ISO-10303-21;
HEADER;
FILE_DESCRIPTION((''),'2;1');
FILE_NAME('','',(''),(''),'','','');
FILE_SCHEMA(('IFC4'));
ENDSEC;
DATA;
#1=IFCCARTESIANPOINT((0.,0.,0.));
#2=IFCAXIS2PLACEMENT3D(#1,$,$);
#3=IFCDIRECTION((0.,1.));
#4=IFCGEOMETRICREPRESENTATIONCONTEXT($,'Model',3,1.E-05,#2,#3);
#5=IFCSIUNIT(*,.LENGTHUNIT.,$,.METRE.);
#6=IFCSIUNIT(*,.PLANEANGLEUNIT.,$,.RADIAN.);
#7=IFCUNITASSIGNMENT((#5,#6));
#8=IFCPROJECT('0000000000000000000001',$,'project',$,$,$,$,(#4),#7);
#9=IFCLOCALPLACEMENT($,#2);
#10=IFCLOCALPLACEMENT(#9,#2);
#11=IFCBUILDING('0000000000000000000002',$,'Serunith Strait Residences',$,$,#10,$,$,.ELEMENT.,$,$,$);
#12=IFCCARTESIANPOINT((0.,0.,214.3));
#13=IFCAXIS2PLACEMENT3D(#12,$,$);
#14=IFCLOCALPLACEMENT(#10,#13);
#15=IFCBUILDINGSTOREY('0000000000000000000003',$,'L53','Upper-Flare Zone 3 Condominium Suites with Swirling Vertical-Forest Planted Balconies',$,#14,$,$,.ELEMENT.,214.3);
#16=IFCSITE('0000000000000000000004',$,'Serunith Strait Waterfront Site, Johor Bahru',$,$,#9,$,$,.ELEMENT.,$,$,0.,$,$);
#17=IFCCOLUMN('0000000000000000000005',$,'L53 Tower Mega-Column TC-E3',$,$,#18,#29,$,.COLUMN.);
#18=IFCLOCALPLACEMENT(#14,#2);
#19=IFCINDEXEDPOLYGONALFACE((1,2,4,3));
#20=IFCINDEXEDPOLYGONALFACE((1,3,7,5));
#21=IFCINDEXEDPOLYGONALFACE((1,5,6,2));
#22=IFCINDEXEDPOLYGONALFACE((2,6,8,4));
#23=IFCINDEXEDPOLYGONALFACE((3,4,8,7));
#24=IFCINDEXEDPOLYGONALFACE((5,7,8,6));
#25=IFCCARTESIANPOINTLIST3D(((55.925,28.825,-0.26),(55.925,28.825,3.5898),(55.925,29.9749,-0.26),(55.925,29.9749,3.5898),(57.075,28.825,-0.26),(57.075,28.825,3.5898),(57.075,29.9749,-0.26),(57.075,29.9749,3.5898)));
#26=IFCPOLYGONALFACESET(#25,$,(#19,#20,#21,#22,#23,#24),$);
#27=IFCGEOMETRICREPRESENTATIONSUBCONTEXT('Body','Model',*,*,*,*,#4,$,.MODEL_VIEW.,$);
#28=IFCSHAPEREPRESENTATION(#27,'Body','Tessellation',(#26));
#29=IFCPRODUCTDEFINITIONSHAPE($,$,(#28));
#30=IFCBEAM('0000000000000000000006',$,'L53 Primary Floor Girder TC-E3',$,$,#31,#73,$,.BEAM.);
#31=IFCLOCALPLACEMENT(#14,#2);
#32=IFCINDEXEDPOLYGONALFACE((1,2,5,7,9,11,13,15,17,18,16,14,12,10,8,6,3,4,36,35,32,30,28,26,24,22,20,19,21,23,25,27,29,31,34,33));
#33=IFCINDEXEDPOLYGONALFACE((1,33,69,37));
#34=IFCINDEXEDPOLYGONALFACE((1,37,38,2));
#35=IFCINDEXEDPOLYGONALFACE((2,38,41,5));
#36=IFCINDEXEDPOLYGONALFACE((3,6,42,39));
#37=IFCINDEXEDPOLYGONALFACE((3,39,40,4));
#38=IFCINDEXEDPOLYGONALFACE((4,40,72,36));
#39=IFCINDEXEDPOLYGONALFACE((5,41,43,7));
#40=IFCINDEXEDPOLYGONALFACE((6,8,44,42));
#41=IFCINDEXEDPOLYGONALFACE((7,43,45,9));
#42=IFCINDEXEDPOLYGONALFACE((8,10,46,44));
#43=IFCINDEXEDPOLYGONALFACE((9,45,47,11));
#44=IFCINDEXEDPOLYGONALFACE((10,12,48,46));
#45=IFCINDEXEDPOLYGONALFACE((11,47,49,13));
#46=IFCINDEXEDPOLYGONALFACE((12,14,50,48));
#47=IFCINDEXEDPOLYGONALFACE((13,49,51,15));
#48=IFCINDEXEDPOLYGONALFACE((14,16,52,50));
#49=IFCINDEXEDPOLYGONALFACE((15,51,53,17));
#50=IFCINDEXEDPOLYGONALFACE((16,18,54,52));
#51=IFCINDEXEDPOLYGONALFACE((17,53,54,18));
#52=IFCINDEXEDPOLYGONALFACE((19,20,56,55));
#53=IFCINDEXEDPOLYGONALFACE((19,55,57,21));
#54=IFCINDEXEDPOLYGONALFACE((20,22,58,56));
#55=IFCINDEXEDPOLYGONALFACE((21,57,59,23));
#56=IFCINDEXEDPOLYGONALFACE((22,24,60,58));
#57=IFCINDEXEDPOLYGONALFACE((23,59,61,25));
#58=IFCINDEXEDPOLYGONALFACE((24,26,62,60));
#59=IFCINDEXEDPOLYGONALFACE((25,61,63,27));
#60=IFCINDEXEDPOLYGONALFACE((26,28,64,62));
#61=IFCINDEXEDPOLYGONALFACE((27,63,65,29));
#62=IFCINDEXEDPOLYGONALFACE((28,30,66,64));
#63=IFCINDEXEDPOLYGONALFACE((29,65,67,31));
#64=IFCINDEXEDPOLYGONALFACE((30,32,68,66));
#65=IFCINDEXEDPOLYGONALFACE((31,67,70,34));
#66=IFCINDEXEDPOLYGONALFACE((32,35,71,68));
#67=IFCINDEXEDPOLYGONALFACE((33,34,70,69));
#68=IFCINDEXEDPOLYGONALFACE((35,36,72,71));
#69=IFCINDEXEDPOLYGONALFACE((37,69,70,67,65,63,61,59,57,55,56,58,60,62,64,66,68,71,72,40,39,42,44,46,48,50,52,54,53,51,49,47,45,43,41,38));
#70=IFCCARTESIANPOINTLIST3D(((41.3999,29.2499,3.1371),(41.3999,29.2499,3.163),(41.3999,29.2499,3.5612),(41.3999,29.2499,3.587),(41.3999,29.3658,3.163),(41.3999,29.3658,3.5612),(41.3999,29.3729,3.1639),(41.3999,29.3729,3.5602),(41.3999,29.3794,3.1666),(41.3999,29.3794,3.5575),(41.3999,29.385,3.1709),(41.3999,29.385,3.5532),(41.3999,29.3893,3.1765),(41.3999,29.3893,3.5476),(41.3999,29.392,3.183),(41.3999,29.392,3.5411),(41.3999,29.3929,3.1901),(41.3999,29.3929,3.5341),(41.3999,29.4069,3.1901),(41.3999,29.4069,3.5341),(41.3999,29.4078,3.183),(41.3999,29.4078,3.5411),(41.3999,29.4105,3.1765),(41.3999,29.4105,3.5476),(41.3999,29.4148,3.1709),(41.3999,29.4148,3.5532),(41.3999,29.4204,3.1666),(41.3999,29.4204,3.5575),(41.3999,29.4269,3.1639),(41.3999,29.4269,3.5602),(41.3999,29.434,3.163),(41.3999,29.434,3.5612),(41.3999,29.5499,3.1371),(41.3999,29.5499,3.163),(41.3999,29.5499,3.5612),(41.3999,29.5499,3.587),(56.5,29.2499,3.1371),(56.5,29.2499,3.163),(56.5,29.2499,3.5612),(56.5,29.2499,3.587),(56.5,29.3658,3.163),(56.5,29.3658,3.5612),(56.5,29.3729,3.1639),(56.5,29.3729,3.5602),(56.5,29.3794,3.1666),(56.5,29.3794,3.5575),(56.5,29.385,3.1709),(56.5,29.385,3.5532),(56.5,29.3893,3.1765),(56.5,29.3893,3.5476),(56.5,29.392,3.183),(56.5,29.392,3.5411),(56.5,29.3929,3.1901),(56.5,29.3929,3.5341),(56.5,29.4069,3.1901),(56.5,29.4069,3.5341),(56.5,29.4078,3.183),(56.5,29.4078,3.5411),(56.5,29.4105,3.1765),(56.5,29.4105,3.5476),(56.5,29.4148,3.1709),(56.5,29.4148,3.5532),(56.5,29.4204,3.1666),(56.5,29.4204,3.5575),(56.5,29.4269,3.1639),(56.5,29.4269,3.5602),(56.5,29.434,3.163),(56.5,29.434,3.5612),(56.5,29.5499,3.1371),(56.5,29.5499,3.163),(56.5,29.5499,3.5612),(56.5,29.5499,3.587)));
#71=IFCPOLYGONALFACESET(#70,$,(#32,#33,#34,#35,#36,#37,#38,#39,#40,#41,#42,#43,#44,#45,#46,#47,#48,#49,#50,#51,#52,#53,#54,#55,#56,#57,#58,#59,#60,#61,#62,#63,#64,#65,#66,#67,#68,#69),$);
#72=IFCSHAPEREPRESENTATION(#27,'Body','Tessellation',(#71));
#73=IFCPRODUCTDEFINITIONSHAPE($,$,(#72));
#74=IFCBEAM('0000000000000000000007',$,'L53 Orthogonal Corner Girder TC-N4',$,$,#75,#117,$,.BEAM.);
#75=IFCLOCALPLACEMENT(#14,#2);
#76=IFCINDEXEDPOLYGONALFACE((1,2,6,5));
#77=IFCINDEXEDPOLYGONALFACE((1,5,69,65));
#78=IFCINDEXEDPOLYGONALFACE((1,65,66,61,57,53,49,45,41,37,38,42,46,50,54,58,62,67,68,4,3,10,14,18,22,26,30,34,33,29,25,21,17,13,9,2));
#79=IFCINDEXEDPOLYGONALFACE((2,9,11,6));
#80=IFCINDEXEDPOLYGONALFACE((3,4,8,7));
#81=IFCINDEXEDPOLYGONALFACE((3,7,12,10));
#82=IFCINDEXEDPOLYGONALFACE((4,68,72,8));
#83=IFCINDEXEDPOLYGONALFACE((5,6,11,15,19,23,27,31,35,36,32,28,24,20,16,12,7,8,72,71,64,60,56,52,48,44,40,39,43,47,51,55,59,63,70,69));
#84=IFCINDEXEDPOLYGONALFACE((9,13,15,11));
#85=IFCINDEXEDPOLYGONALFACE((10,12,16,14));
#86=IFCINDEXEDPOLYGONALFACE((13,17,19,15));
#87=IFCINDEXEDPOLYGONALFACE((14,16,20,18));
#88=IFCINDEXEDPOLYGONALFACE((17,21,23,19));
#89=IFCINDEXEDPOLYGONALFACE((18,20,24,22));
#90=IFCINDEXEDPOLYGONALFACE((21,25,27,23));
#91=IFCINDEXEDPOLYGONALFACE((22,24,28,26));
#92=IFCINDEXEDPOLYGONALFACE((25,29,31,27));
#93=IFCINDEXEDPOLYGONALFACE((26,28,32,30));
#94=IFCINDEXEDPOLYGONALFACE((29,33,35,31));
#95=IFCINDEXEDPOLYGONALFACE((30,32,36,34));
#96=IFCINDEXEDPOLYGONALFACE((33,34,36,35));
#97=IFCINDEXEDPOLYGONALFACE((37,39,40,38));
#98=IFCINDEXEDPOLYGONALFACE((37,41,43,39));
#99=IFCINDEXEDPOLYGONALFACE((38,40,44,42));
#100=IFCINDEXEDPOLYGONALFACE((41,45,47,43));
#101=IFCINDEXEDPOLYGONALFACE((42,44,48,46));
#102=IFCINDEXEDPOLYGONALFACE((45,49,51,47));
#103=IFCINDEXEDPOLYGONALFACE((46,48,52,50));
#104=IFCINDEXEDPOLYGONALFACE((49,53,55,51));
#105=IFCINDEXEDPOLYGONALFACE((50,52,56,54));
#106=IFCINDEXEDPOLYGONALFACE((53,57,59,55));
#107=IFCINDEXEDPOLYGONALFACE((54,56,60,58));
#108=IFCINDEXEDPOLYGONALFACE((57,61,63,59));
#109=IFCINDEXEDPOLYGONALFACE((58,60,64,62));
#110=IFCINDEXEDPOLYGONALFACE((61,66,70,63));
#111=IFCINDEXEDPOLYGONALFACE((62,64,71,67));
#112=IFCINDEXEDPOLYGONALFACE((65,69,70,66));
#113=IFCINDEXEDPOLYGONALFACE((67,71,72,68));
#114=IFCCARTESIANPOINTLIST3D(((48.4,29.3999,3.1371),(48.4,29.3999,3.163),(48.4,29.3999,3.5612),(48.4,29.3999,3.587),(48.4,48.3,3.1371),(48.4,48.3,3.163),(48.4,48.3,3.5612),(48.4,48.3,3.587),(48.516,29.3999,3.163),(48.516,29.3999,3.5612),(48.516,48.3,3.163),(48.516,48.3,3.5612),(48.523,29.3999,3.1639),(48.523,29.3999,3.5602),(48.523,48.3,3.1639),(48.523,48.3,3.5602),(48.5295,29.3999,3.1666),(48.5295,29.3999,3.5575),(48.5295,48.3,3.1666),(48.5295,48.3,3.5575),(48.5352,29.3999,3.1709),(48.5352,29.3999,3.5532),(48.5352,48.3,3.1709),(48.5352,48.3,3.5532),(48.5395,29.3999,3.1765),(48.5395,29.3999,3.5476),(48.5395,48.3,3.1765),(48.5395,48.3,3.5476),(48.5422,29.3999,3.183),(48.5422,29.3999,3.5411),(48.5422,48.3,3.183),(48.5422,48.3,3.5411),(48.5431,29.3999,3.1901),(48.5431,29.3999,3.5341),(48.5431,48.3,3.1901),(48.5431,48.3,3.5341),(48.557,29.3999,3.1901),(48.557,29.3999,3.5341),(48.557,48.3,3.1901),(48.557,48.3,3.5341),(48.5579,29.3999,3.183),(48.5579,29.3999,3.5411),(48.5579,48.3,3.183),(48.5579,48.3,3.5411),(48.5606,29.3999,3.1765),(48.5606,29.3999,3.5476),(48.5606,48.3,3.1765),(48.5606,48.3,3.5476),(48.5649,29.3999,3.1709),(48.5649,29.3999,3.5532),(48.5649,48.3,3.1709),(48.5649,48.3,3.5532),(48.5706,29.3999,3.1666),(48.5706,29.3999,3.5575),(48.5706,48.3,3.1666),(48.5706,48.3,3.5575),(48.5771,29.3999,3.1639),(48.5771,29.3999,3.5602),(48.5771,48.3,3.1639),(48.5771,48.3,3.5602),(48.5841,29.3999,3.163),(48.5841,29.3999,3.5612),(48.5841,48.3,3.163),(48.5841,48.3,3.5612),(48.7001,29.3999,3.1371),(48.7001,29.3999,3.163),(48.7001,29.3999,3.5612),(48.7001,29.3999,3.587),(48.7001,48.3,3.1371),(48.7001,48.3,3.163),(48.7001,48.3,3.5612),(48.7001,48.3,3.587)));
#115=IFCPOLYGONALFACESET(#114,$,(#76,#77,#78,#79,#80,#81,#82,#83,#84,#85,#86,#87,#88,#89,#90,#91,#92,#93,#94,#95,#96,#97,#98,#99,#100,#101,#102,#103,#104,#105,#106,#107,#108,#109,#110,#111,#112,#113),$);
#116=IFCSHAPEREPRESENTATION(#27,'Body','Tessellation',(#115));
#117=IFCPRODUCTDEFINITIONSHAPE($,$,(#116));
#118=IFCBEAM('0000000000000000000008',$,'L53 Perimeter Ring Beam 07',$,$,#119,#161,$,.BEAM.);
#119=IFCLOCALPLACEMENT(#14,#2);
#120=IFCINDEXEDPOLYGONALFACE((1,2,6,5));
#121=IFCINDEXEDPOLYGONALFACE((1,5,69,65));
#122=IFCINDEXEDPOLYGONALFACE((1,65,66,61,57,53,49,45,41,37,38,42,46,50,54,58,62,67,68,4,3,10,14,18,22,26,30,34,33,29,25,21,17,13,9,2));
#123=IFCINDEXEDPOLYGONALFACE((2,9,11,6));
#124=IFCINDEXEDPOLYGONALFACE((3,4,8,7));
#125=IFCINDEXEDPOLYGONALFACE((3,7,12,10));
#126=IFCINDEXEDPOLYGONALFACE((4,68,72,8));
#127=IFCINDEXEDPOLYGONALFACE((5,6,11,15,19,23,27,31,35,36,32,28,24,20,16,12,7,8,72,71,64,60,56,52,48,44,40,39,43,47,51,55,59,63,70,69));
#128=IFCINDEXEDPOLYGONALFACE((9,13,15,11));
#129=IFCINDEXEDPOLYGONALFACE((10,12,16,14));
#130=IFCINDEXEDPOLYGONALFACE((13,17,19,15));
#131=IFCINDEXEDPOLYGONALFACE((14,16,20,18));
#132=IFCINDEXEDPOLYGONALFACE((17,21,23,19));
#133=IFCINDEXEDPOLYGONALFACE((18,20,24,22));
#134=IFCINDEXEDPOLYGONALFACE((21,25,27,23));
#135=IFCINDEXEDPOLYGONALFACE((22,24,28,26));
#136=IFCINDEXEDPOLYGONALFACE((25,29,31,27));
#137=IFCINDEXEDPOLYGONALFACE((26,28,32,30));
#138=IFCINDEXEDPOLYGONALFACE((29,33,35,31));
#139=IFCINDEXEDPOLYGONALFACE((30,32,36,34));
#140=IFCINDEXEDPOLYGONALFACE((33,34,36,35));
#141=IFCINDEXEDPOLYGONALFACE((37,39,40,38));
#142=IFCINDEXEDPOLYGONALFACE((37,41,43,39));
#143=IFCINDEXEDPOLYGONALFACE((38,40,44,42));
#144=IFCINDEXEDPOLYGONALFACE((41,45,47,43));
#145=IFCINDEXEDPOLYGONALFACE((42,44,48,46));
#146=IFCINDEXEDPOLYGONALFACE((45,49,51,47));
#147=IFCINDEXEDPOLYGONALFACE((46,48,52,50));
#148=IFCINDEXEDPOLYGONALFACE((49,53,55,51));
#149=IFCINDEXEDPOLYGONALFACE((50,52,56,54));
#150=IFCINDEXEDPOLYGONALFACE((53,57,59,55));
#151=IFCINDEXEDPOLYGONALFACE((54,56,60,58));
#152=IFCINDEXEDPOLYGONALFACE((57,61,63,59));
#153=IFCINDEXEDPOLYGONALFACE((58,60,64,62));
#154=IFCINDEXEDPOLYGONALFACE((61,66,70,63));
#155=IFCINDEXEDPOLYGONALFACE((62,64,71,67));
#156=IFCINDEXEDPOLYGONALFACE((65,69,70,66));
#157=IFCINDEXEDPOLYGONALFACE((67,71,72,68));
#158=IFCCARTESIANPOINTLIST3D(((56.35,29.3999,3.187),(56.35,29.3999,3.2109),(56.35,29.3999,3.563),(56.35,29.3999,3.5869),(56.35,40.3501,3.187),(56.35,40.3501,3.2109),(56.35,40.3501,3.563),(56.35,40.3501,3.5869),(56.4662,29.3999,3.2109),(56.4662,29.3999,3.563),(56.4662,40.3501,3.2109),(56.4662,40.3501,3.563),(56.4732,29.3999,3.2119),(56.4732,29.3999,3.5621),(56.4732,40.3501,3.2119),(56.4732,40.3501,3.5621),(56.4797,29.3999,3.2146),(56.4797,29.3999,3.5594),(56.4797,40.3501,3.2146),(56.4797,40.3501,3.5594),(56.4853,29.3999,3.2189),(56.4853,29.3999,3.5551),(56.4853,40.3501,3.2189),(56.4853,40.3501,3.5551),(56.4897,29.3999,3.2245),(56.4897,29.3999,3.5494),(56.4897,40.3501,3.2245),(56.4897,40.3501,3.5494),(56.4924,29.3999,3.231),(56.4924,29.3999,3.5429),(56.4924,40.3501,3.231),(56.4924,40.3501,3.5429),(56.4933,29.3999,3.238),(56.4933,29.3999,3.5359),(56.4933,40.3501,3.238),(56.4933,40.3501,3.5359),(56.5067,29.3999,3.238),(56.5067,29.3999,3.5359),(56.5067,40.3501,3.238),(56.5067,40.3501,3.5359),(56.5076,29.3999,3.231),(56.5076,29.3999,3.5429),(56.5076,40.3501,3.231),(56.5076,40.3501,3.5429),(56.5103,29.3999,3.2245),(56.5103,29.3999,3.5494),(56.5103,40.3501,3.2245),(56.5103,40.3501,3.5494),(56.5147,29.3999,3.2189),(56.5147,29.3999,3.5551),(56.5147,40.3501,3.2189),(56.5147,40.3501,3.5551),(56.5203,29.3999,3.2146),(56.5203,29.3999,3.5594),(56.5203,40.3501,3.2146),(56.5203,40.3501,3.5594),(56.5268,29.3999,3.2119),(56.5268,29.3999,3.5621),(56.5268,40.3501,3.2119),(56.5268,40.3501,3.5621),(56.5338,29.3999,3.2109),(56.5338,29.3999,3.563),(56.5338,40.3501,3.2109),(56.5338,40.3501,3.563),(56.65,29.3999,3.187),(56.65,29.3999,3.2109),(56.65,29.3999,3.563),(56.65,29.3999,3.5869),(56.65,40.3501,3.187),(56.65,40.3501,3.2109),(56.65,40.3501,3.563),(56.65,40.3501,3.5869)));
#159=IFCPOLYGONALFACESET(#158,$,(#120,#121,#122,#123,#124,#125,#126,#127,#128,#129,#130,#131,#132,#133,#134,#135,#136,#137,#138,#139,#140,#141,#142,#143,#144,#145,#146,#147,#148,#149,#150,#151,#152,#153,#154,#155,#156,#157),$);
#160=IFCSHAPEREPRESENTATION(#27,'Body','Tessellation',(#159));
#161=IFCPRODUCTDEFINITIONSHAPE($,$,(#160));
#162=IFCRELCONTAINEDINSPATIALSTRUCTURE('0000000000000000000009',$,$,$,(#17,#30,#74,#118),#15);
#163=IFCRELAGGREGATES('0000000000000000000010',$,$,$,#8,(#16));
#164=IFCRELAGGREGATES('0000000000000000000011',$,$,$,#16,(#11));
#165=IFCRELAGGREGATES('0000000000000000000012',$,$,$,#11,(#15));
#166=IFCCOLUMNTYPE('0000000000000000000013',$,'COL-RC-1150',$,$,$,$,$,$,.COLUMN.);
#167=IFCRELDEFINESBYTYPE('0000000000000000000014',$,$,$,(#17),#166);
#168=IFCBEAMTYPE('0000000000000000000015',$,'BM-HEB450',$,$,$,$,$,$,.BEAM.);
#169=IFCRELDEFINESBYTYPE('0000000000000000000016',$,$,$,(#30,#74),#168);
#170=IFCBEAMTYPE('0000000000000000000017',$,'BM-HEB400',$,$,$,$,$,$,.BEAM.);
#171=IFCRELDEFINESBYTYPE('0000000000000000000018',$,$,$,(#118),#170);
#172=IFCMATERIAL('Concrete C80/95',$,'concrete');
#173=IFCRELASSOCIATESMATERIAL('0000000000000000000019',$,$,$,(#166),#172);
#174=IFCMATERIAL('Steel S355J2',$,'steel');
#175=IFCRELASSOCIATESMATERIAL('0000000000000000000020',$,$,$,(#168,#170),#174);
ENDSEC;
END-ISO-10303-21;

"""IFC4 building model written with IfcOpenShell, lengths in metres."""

from ifc_helpers import new_model, si_unit, direction, frame, origin, origin_2d, place, context, subcontext, project, spatial, rectangle, i_section, extrude, source, transform, mapped, material, material_profile, profile_set, type_object, element, save


model = new_model("IFC4")

# Units and contexts
model_context = context("Model", 3, precision=1e-05, world=origin(), true_north=direction((0.0, 1.0)))
body_context = subcontext(model_context, "Body", "Model", "MODEL_VIEW")
ifc_project = project(units=[si_unit("LENGTHUNIT", "METRE"), si_unit("PLANEANGLEUNIT", "RADIAN")], contexts=[model_context])

# Site, building, storey
site_placement = place(None, origin())
site = spatial("IfcSite", under=ifc_project, at=site_placement, Name="Serunith Strait Waterfront Site, Johor Bahru", CompositionType="ELEMENT", RefElevation=0.0)
building_placement = place(site_placement, origin())
building = spatial("IfcBuilding", under=site, at=building_placement, Name="Serunith Strait Residences", CompositionType="ELEMENT")
storey_placement = place(building_placement, frame((0.0, 0.0, 214.3)))
storey = spatial("IfcBuildingStorey", under=building, at=storey_placement, Name="L53", Description="Upper-Flare Zone 3 Condominium Suites with Swirling Vertical-Forest Planted Balconies", CompositionType="ELEMENT", Elevation=214.3)

# Column
ifc_material_1 = material(Name="Concrete C80/95", Category="concrete")
ifc_material_profile_1 = material_profile(ifc_material_1, rectangle(XDim=1.1499, YDim=1.1499, at=origin_2d()), Name="RC 1150x1150")
ifc_profile_set_1 = profile_set([ifc_material_profile_1], Name="Concrete C80/95")
column_type = type_object("IfcColumnType", Name="COL-RC-1150", PredefinedType="COLUMN", material=ifc_profile_set_1)
shared_shape_1 = source(origin(), body_context, "Body", "SweptSolid", [
    extrude(rectangle(XDim=1.1499, YDim=1.1499, at=origin_2d()), origin(), (0.0, 0.0, 1.0), 3.8499),
])
column_placement = place(storey_placement, frame((56.5, 29.3999, -0.26), z_axis=(0.0, 0.0, 1.0), x_axis=(1.0, 0.0, 0.0)))
element("IfcColumn", 1, at=column_placement, inside=storey, type_object=column_type, Name="L53 Tower Mega-Column TC-E3", PredefinedType="COLUMN", context=body_context, shape_type="MappedRepresentation", body=[
    mapped(shared_shape_1, transform((0.0, 0.0, 0.0), scale=1.0)),
])

# Beams
ifc_material_2 = material(Name="Steel S355J2", Category="steel")
ifc_material_profile_2 = material_profile(ifc_material_2, i_section(OverallWidth=0.3, OverallDepth=0.45, WebThickness=0.0139, FlangeThickness=0.0259, FilletRadius=0.0271, at=origin_2d()), Name="HEB 450")
ifc_profile_set_2 = profile_set([ifc_material_profile_2], Name="Steel S355J2")
beam_type_1 = type_object("IfcBeamType", Name="BM-HEB450", PredefinedType="BEAM", material=ifc_profile_set_2)
shared_shape_2 = source(origin(), body_context, "Body", "SweptSolid", [
    extrude(i_section(OverallWidth=0.3, OverallDepth=0.45, WebThickness=0.0139, FlangeThickness=0.0259, FilletRadius=0.0271, at=origin_2d()), origin(), (0.0, 0.0, 1.0), 15.1001),
])
beam_1_placement = place(storey_placement, frame((41.3999, 29.3999, 3.3621), z_axis=(1.0, 0.0, 0.0), x_axis=(0.0, 1.0, 0.0)))
element("IfcBeam", 2, at=beam_1_placement, inside=storey, type_object=beam_type_1, Name="L53 Primary Floor Girder TC-E3", PredefinedType="BEAM", context=body_context, shape_type="MappedRepresentation", body=[
    mapped(shared_shape_2, transform((0.0, 0.0, 0.0), scale=1.0)),
])
shared_shape_3 = source(origin(), body_context, "Body", "SweptSolid", [
    extrude(i_section(OverallWidth=0.3, OverallDepth=0.45, WebThickness=0.0139, FlangeThickness=0.0259, FilletRadius=0.0271, at=origin_2d()), origin(), (0.0, 0.0, 1.0), 18.9001),
])
beam_2_placement = place(storey_placement, frame((48.55, 29.3999, 3.3621), z_axis=(0.0, 1.0, 0.0), x_axis=(-1.0, 0.0, 0.0)))
element("IfcBeam", 3, at=beam_2_placement, inside=storey, type_object=beam_type_1, Name="L53 Orthogonal Corner Girder TC-N4", PredefinedType="BEAM", context=body_context, shape_type="MappedRepresentation", body=[
    mapped(shared_shape_3, transform((0.0, 0.0, 0.0), scale=1.0)),
])
ifc_material_profile_3 = material_profile(ifc_material_2, i_section(OverallWidth=0.3, OverallDepth=0.3999, WebThickness=0.0134, FlangeThickness=0.0239, FilletRadius=0.0271, at=origin_2d()), Name="HEB 400")
ifc_profile_set_3 = profile_set([ifc_material_profile_3], Name="Steel S355J2")
beam_type_2 = type_object("IfcBeamType", Name="BM-HEB400", PredefinedType="BEAM", material=ifc_profile_set_3)
shared_shape_4 = source(origin(), body_context, "Body", "SweptSolid", [
    extrude(i_section(OverallWidth=0.3, OverallDepth=0.3999, WebThickness=0.0134, FlangeThickness=0.0239, FilletRadius=0.0271, at=origin_2d()), origin(), (0.0, 0.0, 1.0), 10.9502),
])
beam_3_placement = place(storey_placement, frame((56.5, 29.3999, 3.387), z_axis=(0.0, 1.0, 0.0), x_axis=(-1.0, 0.0, 0.0)))
element("IfcBeam", 4, at=beam_3_placement, inside=storey, type_object=beam_type_2, Name="L53 Perimeter Ring Beam 07", PredefinedType="BEAM", context=body_context, shape_type="MappedRepresentation", body=[
    mapped(shared_shape_4, transform((0.0, 0.0, 0.0), scale=1.0)),
])

save(model, "model.ifc")
